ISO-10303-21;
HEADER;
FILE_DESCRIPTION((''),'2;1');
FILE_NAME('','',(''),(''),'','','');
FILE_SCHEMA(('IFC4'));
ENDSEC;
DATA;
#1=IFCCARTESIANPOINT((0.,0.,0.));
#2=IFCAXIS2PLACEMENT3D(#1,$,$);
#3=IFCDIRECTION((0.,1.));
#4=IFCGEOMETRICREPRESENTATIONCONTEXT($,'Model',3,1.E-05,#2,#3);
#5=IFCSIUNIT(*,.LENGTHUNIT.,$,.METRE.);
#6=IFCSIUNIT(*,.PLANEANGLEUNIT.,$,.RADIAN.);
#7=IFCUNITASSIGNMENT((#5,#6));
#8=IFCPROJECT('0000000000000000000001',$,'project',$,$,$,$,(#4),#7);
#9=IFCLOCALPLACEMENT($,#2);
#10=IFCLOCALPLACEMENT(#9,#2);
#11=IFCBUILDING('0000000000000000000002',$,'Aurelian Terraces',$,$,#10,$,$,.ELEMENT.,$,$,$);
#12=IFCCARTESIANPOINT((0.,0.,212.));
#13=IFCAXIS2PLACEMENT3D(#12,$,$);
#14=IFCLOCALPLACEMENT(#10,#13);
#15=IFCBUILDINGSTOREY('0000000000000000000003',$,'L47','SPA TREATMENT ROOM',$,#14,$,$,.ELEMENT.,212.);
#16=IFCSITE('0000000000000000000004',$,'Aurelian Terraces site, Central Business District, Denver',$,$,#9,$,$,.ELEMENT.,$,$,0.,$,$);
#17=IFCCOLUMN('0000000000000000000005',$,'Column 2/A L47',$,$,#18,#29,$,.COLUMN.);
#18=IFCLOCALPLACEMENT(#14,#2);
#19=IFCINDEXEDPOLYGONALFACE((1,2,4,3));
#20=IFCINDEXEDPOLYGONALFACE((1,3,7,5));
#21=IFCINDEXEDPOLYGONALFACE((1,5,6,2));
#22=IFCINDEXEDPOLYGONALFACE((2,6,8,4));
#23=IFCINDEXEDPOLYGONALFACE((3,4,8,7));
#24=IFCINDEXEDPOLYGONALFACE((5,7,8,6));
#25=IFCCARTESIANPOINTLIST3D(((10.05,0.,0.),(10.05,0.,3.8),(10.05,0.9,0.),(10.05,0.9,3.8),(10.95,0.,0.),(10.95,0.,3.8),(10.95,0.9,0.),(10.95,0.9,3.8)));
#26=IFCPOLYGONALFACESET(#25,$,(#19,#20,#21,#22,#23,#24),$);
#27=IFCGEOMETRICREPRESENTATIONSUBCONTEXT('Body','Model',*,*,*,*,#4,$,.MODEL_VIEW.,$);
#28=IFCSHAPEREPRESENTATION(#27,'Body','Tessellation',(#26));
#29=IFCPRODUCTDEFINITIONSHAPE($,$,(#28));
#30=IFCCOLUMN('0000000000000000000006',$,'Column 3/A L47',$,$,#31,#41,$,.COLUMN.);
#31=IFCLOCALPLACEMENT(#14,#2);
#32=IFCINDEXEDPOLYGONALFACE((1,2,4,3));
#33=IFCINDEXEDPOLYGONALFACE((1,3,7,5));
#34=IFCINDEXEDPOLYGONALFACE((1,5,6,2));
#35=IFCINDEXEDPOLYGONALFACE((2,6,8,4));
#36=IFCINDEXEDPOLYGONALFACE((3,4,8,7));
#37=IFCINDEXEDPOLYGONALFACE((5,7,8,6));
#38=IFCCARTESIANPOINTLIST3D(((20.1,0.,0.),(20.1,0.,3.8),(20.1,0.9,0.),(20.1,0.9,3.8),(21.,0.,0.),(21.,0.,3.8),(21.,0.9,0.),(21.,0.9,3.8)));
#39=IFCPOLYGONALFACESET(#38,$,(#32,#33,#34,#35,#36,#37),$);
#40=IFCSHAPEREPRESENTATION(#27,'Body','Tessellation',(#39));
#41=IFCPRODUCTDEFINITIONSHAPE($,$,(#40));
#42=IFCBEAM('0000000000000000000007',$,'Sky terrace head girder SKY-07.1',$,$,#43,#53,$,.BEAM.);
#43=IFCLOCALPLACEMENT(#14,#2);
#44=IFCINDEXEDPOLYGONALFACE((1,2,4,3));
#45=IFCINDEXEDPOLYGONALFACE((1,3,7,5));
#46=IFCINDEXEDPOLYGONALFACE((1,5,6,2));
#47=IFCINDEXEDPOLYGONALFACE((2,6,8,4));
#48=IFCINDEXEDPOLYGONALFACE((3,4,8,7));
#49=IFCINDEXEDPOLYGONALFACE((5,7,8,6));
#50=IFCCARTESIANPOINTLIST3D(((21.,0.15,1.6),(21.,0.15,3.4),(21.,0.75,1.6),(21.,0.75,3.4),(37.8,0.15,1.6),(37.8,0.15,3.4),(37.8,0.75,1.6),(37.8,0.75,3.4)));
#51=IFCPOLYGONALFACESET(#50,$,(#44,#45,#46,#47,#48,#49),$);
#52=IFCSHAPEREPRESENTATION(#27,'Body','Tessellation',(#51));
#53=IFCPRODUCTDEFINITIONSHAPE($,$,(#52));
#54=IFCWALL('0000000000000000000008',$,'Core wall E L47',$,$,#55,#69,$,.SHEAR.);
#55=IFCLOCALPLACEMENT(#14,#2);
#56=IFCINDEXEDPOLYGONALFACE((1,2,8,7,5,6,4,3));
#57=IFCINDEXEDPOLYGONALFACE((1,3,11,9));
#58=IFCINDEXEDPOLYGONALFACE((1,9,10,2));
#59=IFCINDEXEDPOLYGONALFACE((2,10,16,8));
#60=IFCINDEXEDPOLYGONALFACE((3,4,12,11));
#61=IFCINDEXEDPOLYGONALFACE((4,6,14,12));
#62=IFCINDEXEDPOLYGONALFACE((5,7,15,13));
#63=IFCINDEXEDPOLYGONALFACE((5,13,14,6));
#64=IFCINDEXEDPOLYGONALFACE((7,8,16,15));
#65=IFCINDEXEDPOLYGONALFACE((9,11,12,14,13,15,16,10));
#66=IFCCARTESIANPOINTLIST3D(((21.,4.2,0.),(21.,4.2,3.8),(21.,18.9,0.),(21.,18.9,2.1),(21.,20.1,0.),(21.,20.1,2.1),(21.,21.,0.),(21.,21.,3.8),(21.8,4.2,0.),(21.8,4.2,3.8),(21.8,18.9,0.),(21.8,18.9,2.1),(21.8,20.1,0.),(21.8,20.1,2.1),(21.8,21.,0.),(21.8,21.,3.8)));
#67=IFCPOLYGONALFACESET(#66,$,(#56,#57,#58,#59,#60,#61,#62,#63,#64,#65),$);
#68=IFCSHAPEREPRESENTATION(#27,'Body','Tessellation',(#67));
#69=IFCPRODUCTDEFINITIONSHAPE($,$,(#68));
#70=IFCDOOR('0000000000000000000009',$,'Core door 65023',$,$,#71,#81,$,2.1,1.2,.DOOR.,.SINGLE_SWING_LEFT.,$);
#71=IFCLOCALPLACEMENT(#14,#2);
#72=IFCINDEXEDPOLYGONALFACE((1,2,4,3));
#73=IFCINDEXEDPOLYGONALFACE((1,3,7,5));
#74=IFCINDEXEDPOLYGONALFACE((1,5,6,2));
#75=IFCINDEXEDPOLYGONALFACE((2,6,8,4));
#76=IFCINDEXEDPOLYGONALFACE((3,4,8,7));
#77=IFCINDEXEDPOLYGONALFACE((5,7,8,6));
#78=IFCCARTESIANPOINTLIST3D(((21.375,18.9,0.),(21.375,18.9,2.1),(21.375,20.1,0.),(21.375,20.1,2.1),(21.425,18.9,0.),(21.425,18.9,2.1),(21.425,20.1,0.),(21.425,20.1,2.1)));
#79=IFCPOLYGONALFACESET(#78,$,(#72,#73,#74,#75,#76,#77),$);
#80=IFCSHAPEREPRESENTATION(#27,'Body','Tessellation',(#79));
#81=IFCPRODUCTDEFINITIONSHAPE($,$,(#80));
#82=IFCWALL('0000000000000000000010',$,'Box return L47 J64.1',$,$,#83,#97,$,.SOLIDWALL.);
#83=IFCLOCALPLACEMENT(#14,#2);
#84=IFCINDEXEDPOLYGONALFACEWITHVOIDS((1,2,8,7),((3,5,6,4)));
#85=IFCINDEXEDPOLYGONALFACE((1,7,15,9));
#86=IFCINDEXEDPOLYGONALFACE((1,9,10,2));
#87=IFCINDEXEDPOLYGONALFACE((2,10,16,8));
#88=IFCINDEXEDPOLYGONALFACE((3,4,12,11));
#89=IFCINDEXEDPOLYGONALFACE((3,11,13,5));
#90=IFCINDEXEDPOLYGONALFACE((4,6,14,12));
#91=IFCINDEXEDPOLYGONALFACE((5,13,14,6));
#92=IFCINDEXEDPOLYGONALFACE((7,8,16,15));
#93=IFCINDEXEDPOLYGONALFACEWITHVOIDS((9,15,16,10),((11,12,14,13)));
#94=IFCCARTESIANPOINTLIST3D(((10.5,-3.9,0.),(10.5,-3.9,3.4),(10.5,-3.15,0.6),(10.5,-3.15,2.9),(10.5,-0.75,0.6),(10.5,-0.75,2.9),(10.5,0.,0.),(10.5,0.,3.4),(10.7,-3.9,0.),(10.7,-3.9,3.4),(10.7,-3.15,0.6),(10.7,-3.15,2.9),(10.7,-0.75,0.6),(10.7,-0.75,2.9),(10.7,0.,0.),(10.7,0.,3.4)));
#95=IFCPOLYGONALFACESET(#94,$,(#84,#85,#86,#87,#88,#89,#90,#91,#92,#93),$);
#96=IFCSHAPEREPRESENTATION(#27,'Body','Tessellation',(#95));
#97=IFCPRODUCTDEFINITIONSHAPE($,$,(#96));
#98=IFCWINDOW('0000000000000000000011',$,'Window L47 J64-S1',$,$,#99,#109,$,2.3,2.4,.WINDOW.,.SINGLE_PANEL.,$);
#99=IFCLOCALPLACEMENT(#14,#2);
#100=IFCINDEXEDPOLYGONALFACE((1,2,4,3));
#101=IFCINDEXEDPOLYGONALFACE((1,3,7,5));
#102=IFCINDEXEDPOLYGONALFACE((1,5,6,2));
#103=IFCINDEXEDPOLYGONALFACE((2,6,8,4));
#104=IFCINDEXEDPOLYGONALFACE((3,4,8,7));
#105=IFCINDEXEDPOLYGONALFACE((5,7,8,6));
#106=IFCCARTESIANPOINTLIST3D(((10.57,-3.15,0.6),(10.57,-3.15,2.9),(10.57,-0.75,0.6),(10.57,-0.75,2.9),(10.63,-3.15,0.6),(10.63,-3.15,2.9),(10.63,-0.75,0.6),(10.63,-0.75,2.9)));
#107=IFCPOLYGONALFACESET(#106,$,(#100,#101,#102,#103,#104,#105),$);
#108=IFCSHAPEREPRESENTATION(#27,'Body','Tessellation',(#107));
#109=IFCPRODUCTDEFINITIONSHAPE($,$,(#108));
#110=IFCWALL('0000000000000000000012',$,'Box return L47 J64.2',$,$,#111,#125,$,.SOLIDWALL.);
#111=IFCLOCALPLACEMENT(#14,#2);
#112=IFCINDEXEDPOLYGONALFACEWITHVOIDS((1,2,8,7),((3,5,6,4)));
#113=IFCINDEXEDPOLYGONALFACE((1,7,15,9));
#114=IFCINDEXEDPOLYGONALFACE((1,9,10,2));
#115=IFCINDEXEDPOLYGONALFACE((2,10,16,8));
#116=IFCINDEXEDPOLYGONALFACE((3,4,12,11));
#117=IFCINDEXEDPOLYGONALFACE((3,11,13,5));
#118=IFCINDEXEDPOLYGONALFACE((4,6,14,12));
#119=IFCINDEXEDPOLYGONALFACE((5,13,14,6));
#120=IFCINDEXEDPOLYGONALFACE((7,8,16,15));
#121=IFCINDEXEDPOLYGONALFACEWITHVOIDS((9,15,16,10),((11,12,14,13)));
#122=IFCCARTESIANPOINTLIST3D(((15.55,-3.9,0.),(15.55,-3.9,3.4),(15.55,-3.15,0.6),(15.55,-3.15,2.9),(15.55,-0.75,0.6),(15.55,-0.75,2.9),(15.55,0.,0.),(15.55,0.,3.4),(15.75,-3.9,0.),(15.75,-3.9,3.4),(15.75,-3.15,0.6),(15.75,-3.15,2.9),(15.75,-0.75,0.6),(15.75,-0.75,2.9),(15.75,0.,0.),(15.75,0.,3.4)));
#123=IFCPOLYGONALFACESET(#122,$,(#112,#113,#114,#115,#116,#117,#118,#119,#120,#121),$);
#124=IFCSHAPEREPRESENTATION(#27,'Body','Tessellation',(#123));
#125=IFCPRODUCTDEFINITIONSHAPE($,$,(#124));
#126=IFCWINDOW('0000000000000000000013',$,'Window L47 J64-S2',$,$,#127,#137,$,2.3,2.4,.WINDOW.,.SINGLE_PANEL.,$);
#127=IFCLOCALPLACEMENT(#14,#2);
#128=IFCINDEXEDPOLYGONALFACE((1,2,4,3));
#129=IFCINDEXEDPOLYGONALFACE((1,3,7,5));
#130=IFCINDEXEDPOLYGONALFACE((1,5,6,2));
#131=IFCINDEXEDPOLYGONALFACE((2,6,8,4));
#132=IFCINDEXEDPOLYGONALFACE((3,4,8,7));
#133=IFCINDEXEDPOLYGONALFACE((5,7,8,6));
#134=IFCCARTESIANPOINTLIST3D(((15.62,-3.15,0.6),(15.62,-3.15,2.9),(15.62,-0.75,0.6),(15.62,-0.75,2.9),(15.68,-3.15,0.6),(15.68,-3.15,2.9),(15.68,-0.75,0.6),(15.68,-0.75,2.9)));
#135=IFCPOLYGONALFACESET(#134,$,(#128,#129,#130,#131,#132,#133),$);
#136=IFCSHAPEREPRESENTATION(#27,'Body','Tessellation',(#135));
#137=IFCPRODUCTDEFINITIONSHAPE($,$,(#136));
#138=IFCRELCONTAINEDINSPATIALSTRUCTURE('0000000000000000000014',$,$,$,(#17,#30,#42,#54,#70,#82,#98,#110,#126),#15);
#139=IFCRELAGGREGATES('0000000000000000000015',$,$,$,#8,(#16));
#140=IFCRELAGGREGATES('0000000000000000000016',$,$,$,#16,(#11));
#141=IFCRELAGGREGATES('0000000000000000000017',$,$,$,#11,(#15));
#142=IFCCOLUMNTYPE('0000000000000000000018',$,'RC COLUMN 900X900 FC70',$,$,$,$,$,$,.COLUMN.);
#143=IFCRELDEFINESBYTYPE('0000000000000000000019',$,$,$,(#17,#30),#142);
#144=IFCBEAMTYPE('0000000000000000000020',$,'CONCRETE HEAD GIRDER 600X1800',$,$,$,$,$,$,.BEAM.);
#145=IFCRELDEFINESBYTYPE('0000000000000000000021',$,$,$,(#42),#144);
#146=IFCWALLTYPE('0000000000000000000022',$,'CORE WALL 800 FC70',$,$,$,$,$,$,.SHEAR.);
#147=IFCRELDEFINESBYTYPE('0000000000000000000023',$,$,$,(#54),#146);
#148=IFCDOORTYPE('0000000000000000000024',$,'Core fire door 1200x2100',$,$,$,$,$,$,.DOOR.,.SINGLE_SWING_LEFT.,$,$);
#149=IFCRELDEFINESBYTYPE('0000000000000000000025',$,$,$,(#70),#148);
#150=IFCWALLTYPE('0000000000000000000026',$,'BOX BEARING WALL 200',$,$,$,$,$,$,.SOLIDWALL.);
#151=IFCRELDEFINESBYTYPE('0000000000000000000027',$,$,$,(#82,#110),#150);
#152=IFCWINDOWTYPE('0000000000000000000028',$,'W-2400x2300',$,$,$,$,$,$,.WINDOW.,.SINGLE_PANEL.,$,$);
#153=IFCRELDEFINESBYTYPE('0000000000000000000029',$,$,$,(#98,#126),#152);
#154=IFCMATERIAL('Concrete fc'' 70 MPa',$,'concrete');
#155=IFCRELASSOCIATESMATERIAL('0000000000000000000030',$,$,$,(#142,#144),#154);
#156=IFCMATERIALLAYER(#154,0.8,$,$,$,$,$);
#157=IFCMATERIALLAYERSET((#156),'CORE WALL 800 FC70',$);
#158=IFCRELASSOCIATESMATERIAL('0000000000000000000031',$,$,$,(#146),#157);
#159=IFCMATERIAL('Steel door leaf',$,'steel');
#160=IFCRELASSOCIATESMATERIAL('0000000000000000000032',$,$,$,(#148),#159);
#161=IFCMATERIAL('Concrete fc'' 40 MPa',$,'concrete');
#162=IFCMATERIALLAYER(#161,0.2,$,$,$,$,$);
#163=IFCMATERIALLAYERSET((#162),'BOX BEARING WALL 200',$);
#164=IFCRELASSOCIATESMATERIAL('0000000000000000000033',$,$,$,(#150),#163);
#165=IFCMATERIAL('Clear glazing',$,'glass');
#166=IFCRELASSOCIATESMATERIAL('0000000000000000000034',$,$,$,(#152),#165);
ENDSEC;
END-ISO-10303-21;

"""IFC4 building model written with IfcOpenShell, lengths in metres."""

from ifc_helpers import new_model, si_unit, direction, frame, frame_2d, origin, origin_2d, place, context, subcontext, project, spatial, rectangle, extrude, source, transform, mapped, material, layer, layer_set, material_profile, profile_set, type_object, element, fill, save


model = new_model("IFC4")

# Units and contexts
model_context = context("Model", 3, precision=1e-05, world=origin(), true_north=direction((0.0, 1.0)))
body_context = subcontext(model_context, "Body", "Model", "MODEL_VIEW")
ifc_project = project(units=[si_unit("LENGTHUNIT", "METRE"), si_unit("PLANEANGLEUNIT", "RADIAN")], contexts=[model_context])

# Site, building, storey
site_placement = place(None, origin())
site = spatial("IfcSite", under=ifc_project, at=site_placement, Name="Aurelian Terraces site, Central Business District, Denver", CompositionType="ELEMENT", RefElevation=0.0)
building_placement = place(site_placement, origin())
building = spatial("IfcBuilding", under=site, at=building_placement, Name="Aurelian Terraces", CompositionType="ELEMENT")
storey_placement = place(building_placement, frame((0.0, 0.0, 212.0)))
storey = spatial("IfcBuildingStorey", under=building, at=storey_placement, Name="L47", Description="SPA TREATMENT ROOM", CompositionType="ELEMENT", Elevation=212.0)

# Columns
ifc_material_1 = material(Name="Concrete fc' 70 MPa", Category="concrete")
ifc_material_profile_1 = material_profile(ifc_material_1, rectangle(XDim=0.9, YDim=0.9, at=origin_2d()))
ifc_profile_set_1 = profile_set([ifc_material_profile_1], Name="Concrete fc' 70 MPa")
column_type = type_object("IfcColumnType", Name="RC COLUMN 900X900 FC70", PredefinedType="COLUMN", material=ifc_profile_set_1)
shared_shape_1 = source(origin(), body_context, "Body", "SweptSolid", [
    extrude(rectangle(XDim=0.9, YDim=0.9, at=origin_2d()), origin(), (0.0, 0.0, 1.0), 3.8),
])
for number, where, z_axis, x_axis, name in (
    (1, (10.5, 0.45, 0.0), (0.0, 0.0, 1.0), (1.0, 0.0, 0.0), "Column 2/A L47"),
    (2, (20.55, 0.45, 0.0), (0.0, 0.0, 1.0), (1.0, 0.0, 0.0), "Column 3/A L47"),
):
    element("IfcColumn", number, at=place(storey_placement, frame(where, z_axis=z_axis, x_axis=x_axis)), inside=storey, type_object=column_type, Name=name, PredefinedType="COLUMN", context=body_context, shape_type="MappedRepresentation", body=[
        mapped(shared_shape_1, transform((0.0, 0.0, 0.0), scale=1.0)),
    ])

# Beam
ifc_material_profile_2 = material_profile(ifc_material_1, rectangle(XDim=0.6, YDim=1.8, at=origin_2d()))
ifc_profile_set_2 = profile_set([ifc_material_profile_2], Name="Concrete fc' 70 MPa")
beam_type = type_object("IfcBeamType", Name="CONCRETE HEAD GIRDER 600X1800", PredefinedType="BEAM", material=ifc_profile_set_2)
shared_shape_2 = source(origin(), body_context, "Body", "SweptSolid", [
    extrude(rectangle(XDim=0.6, YDim=1.8, at=origin_2d()), origin(), (0.0, 0.0, 1.0), 16.8),
])
beam_placement = place(storey_placement, frame((21.0, 0.45, 2.5), z_axis=(1.0, 0.0, 0.0), x_axis=(0.0, 1.0, 0.0)))
element("IfcBeam", 3, at=beam_placement, inside=storey, type_object=beam_type, Name="Sky terrace head girder SKY-07.1", PredefinedType="BEAM", context=body_context, shape_type="MappedRepresentation", body=[
    mapped(shared_shape_2, transform((0.0, 0.0, 0.0), scale=1.0)),
])

# Wall, opening, door
ifc_layer_1 = layer(ifc_material_1, 0.8)
ifc_layer_set_1 = layer_set([ifc_layer_1], Name="CORE WALL 800 FC70")
wall_type_1 = type_object("IfcWallType", Name="CORE WALL 800 FC70", PredefinedType="SHEAR", material=ifc_layer_set_1)
shared_shape_3 = source(origin(), body_context, "Body", "SweptSolid", [
    extrude(rectangle(XDim=16.8, YDim=0.8, at=frame_2d((8.4, 0.0))), origin(), (0.0, 0.0, 1.0), 3.8),
])
wall_1_placement = place(storey_placement, frame((21.4, 4.2, 0.0), z_axis=(0.0, 0.0, 1.0), x_axis=(0.0, 1.0, 0.0)))
wall_1 = element("IfcWall", 4, at=wall_1_placement, inside=storey, type_object=wall_type_1, Name="Core wall E L47", PredefinedType="SHEAR", context=body_context, shape_type="MappedRepresentation", body=[
    mapped(shared_shape_3, transform((0.0, 0.0, 0.0), scale=1.0)),
])
shared_shape_4 = source(origin(), body_context, "Body", "SweptSolid", [
    extrude(rectangle(XDim=1.2, YDim=2.1, at=frame_2d((0.6, 1.05))), frame((0.0, 0.41, 0.0), z_axis=(0.0, -1.0, 0.0), x_axis=(1.0, 0.0, 0.0)), (0.0, 0.0, 1.0), 0.82),
])
opening_1_placement = place(wall_1_placement, frame((14.7, 0.0, 0.0)))
opening_1 = element("IfcOpeningElement", 5, at=opening_1_placement, cuts=wall_1, PredefinedType="OPENING", context=body_context, shape_type="MappedRepresentation", body=[
    mapped(shared_shape_4, transform((0.0, 0.0, 0.0), scale=1.0)),
])
ifc_material_2 = material(Name="Steel door leaf", Category="steel")
door_type_1 = type_object("IfcDoorType", Name="Core fire door 1200x2100", OperationType="SINGLE_SWING_LEFT", PredefinedType="DOOR", material=ifc_material_2)
shared_shape_5 = source(origin(), body_context, "Body", "SweptSolid", [
    extrude(rectangle(XDim=1.2, YDim=2.1, at=frame_2d((0.6, 1.05))), frame((0.0, 0.025, 0.0), z_axis=(0.0, -1.0, 0.0), x_axis=(1.0, 0.0, 0.0)), (0.0, 0.0, 1.0), 0.05),
])
door_1_placement = place(opening_1_placement, origin())
door_1 = element("IfcDoor", 6, at=door_1_placement, inside=storey, type_object=door_type_1, Name="Core door 65023", OperationType="SINGLE_SWING_LEFT", OverallHeight=2.1, OverallWidth=1.2, PredefinedType="DOOR", context=body_context, shape_type="MappedRepresentation", body=[
    mapped(shared_shape_5, transform((0.0, 0.0, 0.0), scale=1.0)),
])
fill(opening_1, door_1)

# Walls, openings, windows
ifc_material_3 = material(Name="Concrete fc' 40 MPa", Category="concrete")
ifc_layer_2 = layer(ifc_material_3, 0.2)
ifc_layer_set_2 = layer_set([ifc_layer_2], Name="BOX BEARING WALL 200")
wall_type_2 = type_object("IfcWallType", Name="BOX BEARING WALL 200", PredefinedType="SOLIDWALL", material=ifc_layer_set_2)
shared_shape_6 = source(origin(), body_context, "Body", "SweptSolid", [
    extrude(rectangle(XDim=3.9, YDim=0.2, at=frame_2d((1.95, 0.0))), origin(), (0.0, 0.0, 1.0), 3.4),
])
wall_2_placement = place(storey_placement, frame((10.6, 0.0, 0.0), z_axis=(0.0, 0.0, 1.0), x_axis=(0.0, -1.0, 0.0)))
wall_2 = element("IfcWall", 7, at=wall_2_placement, inside=storey, type_object=wall_type_2, Name="Box return L47 J64.1", PredefinedType="SOLIDWALL", context=body_context, shape_type="MappedRepresentation", body=[
    mapped(shared_shape_6, transform((0.0, 0.0, 0.0), scale=1.0)),
])
shared_shape_7 = source(origin(), body_context, "Body", "SweptSolid", [
    extrude(rectangle(XDim=2.4, YDim=2.3, at=frame_2d((1.2, 1.15))), frame((0.0, 0.11, 0.0), z_axis=(0.0, -1.0, 0.0), x_axis=(1.0, 0.0, 0.0)), (0.0, 0.0, 1.0), 0.22),
])
opening_2_placement = place(wall_2_placement, frame((0.75, 0.0, 0.6)))
opening_2 = element("IfcOpeningElement", 8, at=opening_2_placement, cuts=wall_2, PredefinedType="OPENING", context=body_context, shape_type="MappedRepresentation", body=[
    mapped(shared_shape_7, transform((0.0, 0.0, 0.0), scale=1.0)),
])
ifc_material_4 = material(Name="Clear glazing", Category="glass")
window_type_1 = type_object("IfcWindowType", Name="W-2400x2300", PartitioningType="SINGLE_PANEL", PredefinedType="WINDOW", material=ifc_material_4)
shared_shape_8 = source(origin(), body_context, "Body", "SweptSolid", [
    extrude(rectangle(XDim=2.4, YDim=2.3, at=frame_2d((1.2, 1.15))), frame((0.0, 0.03, 0.0), z_axis=(0.0, -1.0, 0.0), x_axis=(1.0, 0.0, 0.0)), (0.0, 0.0, 1.0), 0.06),
])
window_1_placement = place(opening_2_placement, origin())
window_1 = element("IfcWindow", 9, at=window_1_placement, inside=storey, type_object=window_type_1, Name="Window L47 J64-S1", OverallHeight=2.3, OverallWidth=2.4, PartitioningType="SINGLE_PANEL", PredefinedType="WINDOW", context=body_context, shape_type="MappedRepresentation", body=[
    mapped(shared_shape_8, transform((0.0, 0.0, 0.0), scale=1.0)),
])
fill(opening_2, window_1)
wall_3_placement = place(storey_placement, frame((15.65, 0.0, 0.0), z_axis=(0.0, 0.0, 1.0), x_axis=(0.0, -1.0, 0.0)))
wall_3 = element("IfcWall", 10, at=wall_3_placement, inside=storey, type_object=wall_type_2, Name="Box return L47 J64.2", PredefinedType="SOLIDWALL", context=body_context, shape_type="MappedRepresentation", body=[
    mapped(shared_shape_6, transform((0.0, 0.0, 0.0), scale=1.0)),
])
opening_3_placement = place(wall_3_placement, frame((0.75, 0.0, 0.6)))
opening_3 = element("IfcOpeningElement", 11, at=opening_3_placement, cuts=wall_3, PredefinedType="OPENING", context=body_context, shape_type="MappedRepresentation", body=[
    mapped(shared_shape_7, transform((0.0, 0.0, 0.0), scale=1.0)),
])
window_2_placement = place(opening_3_placement, origin())
window_2 = element("IfcWindow", 12, at=window_2_placement, inside=storey, type_object=window_type_1, Name="Window L47 J64-S2", OverallHeight=2.3, OverallWidth=2.4, PartitioningType="SINGLE_PANEL", PredefinedType="WINDOW", context=body_context, shape_type="MappedRepresentation", body=[
    mapped(shared_shape_8, transform((0.0, 0.0, 0.0), scale=1.0)),
])
fill(opening_3, window_2)

save(model, "model.ifc")
